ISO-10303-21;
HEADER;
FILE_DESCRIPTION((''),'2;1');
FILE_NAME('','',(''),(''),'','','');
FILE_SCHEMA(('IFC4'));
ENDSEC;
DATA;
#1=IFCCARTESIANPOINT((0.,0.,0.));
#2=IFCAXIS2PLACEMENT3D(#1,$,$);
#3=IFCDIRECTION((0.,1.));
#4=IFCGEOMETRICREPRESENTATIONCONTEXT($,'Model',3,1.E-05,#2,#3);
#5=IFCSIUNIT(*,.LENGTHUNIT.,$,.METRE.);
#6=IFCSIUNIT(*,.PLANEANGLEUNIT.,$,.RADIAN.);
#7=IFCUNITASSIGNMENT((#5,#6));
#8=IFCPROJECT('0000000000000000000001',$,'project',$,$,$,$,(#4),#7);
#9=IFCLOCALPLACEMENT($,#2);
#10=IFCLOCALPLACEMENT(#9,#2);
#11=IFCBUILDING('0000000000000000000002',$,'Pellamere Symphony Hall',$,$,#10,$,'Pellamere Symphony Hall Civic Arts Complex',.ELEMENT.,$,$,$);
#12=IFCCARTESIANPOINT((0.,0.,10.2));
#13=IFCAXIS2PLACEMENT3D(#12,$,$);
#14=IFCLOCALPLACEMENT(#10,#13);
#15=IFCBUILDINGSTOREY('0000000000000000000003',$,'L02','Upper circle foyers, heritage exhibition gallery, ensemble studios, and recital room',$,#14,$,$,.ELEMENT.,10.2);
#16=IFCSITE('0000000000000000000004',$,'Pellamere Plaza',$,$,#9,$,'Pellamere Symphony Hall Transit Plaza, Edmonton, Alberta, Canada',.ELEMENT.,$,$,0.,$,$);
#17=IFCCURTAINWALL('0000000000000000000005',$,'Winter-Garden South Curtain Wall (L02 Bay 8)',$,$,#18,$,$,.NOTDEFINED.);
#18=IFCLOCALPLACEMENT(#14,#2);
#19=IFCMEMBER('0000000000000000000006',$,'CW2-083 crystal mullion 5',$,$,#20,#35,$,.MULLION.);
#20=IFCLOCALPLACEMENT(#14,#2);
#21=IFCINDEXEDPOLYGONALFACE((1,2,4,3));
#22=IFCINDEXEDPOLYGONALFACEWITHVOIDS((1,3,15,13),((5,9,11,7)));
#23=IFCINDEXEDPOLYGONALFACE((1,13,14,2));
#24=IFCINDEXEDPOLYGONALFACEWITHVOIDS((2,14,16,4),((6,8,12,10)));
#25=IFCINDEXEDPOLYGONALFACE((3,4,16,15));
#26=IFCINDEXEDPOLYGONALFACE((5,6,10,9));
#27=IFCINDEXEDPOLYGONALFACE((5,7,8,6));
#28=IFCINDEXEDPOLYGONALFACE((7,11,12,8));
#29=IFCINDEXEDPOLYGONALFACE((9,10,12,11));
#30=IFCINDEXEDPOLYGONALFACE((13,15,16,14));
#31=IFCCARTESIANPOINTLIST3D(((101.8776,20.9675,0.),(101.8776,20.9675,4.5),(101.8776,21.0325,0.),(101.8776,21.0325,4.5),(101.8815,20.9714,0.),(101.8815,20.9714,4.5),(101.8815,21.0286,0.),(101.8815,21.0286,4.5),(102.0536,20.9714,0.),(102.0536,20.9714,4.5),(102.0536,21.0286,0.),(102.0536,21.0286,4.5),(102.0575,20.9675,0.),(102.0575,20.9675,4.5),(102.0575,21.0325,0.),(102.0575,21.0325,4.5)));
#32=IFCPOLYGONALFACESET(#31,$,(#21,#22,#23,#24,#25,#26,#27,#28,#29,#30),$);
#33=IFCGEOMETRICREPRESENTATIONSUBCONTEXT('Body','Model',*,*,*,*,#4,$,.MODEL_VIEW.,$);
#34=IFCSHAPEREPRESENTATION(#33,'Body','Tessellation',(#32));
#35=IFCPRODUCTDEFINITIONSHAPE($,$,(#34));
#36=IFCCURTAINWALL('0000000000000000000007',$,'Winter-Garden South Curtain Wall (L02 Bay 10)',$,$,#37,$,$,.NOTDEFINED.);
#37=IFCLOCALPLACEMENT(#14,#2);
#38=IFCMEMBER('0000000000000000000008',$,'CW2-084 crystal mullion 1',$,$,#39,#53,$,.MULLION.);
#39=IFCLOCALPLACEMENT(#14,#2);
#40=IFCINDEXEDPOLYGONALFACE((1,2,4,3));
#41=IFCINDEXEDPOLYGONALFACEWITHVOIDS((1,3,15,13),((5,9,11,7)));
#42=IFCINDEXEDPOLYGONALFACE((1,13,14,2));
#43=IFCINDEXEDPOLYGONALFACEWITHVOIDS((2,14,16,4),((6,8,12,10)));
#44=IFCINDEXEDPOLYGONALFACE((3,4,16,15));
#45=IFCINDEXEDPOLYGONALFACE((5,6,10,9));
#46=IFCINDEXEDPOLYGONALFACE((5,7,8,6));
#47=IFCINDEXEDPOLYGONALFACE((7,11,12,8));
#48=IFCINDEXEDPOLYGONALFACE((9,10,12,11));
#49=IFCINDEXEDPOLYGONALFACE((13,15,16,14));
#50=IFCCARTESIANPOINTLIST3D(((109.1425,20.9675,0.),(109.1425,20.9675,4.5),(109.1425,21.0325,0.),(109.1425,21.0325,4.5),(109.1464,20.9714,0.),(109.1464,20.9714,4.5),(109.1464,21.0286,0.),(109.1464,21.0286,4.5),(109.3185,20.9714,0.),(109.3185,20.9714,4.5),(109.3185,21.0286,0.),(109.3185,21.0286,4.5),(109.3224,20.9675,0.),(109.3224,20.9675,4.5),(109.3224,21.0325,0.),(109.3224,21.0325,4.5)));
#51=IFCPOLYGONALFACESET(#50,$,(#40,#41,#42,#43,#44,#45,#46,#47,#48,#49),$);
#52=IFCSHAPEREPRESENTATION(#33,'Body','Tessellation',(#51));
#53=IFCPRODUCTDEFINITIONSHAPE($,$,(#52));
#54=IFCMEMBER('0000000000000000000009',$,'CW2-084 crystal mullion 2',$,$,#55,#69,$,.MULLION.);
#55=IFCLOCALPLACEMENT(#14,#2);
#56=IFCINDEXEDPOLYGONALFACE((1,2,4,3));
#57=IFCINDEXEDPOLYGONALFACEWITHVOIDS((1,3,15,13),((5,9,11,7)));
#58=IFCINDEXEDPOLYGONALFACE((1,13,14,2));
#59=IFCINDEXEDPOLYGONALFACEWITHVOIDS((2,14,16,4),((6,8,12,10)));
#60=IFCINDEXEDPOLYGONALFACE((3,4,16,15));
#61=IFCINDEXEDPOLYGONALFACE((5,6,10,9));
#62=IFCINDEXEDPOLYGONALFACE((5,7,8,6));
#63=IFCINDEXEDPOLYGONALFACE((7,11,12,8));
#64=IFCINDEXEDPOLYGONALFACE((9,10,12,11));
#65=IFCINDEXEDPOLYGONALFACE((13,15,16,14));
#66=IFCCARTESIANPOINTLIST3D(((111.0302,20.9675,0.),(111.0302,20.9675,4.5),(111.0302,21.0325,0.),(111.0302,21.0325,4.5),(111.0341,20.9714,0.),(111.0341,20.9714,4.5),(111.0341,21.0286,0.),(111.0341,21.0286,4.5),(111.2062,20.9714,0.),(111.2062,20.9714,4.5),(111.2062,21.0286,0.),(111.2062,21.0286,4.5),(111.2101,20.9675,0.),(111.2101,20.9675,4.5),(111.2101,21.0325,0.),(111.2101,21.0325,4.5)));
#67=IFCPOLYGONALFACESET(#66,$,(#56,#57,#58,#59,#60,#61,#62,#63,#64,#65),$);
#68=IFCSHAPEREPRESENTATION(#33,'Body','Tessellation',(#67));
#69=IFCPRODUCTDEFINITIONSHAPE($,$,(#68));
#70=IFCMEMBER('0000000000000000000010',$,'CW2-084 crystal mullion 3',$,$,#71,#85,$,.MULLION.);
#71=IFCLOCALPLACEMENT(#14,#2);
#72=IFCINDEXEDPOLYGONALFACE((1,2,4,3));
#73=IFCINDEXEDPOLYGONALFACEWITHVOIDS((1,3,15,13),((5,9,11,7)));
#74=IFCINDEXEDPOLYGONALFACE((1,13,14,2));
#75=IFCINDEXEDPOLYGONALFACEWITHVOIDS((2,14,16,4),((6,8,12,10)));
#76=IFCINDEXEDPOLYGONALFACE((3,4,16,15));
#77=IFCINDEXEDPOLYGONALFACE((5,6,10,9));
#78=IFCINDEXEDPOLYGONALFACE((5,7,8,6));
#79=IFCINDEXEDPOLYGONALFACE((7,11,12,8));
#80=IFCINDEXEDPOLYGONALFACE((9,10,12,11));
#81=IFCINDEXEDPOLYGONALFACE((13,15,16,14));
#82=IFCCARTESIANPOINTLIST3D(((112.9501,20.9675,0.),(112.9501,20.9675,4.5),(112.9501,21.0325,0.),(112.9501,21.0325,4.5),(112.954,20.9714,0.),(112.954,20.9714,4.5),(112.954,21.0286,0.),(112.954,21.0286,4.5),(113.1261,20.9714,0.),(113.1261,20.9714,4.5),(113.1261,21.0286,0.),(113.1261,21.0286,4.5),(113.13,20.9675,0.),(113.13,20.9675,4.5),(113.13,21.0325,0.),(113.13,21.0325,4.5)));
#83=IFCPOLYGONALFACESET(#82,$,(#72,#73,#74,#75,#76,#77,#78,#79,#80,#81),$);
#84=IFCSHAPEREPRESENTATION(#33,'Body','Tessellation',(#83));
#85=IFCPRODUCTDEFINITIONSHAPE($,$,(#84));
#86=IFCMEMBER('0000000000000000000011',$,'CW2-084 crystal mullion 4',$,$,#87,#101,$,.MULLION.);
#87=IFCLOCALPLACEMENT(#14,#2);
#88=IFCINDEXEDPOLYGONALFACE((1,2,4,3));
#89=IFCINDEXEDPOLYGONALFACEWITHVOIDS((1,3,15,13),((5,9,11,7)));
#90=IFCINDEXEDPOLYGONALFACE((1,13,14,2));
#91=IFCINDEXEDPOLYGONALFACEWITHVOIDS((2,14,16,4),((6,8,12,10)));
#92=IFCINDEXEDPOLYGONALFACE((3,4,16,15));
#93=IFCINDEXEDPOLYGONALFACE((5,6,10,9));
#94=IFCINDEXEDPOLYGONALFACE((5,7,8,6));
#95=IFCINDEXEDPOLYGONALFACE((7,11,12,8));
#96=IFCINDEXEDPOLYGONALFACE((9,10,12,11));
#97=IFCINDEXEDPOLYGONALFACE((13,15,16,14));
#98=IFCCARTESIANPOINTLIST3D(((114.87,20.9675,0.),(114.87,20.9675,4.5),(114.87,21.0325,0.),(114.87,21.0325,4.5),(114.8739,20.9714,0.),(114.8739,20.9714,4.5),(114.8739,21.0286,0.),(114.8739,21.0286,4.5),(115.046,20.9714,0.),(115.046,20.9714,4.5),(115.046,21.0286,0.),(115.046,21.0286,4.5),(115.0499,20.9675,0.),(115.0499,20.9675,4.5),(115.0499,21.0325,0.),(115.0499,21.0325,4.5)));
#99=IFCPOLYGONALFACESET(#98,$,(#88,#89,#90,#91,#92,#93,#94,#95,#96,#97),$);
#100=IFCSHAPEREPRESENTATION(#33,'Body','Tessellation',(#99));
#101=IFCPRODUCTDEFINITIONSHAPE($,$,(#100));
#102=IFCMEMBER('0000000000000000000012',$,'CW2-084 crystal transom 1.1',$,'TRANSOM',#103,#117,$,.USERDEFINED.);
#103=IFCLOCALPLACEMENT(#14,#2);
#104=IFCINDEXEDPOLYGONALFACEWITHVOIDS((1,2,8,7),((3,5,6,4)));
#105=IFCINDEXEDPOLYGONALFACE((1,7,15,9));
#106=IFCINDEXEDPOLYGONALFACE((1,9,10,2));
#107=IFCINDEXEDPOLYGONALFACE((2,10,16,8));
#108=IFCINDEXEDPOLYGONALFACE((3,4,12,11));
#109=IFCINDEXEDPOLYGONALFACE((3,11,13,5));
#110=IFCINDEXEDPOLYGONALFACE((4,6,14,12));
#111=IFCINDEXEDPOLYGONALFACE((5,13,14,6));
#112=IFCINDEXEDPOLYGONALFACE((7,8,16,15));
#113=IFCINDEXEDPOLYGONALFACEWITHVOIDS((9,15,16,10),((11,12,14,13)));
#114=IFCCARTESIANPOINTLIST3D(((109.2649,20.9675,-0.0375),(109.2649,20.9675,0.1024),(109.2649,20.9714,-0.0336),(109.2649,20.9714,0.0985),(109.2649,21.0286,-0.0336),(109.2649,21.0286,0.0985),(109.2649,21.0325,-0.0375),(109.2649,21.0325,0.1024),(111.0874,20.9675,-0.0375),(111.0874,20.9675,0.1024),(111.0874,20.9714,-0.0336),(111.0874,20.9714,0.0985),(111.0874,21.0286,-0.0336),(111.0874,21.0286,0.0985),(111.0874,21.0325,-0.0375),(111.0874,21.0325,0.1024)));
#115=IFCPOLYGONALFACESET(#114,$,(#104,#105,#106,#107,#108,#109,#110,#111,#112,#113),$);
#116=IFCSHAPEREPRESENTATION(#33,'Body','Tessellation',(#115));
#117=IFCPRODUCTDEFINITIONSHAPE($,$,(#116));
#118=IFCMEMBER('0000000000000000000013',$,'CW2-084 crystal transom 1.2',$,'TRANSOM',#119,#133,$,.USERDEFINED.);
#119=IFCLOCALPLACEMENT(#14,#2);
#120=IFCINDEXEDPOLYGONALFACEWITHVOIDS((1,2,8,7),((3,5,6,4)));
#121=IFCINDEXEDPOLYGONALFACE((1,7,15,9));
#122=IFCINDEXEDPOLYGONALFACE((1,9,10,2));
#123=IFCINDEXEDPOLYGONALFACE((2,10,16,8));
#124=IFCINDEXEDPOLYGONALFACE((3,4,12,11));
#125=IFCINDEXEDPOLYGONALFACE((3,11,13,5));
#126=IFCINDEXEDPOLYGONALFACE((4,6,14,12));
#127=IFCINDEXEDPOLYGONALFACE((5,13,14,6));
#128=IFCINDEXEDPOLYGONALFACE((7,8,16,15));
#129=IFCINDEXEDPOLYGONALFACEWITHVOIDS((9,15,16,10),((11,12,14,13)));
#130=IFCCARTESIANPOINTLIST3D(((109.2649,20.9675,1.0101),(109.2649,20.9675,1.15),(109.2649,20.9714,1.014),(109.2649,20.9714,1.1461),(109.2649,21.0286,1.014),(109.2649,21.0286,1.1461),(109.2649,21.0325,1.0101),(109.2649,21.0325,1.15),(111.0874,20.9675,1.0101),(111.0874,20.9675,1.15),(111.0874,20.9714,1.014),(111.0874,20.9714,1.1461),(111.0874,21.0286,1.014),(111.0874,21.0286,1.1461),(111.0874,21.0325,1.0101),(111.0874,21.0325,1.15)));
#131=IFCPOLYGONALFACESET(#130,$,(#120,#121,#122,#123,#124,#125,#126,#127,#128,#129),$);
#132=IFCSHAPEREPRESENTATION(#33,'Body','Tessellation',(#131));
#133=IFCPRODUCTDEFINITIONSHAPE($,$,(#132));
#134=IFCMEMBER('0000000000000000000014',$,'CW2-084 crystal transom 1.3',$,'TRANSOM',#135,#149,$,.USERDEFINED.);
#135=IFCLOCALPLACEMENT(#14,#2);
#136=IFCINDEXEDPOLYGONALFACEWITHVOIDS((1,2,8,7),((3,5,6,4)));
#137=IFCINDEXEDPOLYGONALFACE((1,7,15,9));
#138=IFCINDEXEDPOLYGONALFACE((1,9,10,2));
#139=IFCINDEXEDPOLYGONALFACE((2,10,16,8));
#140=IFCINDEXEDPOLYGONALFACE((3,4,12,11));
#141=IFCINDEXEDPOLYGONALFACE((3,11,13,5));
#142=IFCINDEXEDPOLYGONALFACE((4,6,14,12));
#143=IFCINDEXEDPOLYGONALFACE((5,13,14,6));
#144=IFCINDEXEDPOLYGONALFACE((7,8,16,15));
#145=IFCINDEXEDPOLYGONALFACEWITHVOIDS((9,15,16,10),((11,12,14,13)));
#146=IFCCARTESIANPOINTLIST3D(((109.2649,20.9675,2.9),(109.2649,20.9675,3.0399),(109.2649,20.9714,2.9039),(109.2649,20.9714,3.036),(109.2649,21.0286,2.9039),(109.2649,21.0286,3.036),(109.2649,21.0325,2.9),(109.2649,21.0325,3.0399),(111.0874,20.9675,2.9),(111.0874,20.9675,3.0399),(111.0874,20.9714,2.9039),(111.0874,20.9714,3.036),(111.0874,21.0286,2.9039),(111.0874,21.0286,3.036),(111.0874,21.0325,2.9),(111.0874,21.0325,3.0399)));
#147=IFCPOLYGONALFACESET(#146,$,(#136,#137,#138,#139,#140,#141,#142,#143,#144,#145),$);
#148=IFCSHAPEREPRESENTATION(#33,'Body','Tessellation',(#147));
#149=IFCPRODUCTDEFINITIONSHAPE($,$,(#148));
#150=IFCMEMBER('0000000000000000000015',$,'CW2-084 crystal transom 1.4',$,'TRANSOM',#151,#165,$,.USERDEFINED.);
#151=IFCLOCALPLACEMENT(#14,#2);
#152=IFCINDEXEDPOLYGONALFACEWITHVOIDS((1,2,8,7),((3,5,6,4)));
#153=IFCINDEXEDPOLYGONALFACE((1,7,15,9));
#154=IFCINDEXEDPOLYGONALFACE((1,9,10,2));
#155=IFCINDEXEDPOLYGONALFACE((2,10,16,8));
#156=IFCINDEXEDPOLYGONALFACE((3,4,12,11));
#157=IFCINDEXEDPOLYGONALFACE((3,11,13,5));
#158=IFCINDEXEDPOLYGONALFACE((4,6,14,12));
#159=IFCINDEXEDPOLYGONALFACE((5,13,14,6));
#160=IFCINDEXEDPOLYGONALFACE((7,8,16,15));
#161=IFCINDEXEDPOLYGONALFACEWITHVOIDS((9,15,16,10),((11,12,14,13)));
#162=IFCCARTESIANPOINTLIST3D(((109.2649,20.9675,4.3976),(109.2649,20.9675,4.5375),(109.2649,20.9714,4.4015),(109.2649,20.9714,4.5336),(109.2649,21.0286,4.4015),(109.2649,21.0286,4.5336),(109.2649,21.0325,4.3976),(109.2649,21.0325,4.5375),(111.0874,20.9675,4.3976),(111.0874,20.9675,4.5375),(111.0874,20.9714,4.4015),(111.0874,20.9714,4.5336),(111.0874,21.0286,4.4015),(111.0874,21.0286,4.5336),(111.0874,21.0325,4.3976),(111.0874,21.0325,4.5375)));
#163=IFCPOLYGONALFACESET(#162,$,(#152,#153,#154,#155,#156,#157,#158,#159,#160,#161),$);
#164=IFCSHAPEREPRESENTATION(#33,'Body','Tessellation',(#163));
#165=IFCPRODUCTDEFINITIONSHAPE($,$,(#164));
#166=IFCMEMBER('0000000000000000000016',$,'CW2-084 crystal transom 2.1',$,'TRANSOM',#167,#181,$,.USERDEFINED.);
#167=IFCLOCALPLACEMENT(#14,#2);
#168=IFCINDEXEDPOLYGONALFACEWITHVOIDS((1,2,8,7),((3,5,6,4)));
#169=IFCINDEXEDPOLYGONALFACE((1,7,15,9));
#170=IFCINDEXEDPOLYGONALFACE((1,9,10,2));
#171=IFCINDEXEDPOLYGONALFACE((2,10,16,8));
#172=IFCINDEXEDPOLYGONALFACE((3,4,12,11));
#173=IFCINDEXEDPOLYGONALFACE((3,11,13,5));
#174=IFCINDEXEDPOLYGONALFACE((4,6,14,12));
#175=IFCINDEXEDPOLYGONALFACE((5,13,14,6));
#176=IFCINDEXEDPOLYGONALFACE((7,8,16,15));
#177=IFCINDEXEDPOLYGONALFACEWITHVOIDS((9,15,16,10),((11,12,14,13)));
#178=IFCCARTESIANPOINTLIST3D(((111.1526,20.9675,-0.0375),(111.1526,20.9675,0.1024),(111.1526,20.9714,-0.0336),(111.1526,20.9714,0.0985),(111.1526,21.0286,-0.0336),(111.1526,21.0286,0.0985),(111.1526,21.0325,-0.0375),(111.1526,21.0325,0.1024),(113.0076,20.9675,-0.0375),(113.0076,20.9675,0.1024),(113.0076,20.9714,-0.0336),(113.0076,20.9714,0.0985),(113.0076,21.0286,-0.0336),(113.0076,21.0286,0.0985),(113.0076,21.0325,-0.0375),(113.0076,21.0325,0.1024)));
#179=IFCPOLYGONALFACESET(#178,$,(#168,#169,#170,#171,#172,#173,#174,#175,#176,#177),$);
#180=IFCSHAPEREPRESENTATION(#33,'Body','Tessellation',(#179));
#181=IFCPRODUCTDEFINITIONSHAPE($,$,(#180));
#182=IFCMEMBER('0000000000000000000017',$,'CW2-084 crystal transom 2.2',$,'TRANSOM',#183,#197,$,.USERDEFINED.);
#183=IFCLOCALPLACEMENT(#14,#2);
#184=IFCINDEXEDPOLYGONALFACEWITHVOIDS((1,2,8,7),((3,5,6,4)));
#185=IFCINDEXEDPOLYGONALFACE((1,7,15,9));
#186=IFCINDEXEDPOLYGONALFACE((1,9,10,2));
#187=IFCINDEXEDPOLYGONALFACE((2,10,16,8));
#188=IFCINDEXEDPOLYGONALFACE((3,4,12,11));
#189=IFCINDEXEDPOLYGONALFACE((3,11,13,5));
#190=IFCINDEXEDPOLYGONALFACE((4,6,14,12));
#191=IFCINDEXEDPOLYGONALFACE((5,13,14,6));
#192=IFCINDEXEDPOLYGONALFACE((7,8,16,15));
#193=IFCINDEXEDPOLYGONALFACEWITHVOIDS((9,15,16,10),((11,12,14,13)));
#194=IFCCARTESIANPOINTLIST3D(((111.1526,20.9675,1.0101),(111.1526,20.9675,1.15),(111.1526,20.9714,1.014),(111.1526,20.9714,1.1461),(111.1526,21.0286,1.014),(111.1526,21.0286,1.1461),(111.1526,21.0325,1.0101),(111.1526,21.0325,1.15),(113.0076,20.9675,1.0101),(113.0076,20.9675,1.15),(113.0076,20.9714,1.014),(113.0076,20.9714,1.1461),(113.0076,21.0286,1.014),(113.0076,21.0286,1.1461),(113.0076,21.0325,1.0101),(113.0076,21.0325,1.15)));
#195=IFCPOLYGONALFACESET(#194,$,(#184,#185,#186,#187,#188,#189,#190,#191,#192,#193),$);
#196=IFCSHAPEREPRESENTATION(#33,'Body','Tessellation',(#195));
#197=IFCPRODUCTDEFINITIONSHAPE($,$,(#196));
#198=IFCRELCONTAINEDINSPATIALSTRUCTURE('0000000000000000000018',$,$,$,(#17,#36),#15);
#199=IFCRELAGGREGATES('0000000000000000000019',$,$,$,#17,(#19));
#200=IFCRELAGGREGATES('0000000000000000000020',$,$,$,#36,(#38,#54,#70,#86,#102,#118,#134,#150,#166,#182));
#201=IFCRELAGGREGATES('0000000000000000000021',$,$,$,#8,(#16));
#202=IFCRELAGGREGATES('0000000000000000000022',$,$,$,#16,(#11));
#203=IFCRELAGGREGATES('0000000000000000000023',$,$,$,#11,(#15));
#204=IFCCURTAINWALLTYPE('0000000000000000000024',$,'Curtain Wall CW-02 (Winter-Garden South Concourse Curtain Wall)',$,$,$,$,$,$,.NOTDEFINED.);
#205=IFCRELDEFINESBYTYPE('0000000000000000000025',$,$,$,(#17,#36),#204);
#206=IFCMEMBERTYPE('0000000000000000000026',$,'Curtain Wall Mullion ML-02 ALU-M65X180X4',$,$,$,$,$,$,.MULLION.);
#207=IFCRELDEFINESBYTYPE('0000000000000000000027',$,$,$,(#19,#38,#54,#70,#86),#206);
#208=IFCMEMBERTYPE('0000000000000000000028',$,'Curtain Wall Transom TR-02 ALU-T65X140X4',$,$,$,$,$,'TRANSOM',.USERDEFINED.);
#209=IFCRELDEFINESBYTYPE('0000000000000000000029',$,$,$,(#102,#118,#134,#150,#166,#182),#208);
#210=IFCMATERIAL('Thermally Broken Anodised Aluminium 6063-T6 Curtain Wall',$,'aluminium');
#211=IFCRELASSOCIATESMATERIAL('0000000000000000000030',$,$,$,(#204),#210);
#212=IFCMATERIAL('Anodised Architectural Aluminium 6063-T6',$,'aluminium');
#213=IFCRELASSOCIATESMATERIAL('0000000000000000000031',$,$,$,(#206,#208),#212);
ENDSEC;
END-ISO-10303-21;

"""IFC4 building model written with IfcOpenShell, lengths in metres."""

from ifc_helpers import new_model, si_unit, direction, frame, origin, origin_2d, place, context, subcontext, project, spatial, hollow_rectangle, extrude, material, material_profile, profile_set, type_object, element, aggregate, save


model = new_model("IFC4")

# Units and contexts
model_context = context("Model", 3, precision=1e-05, world=origin(), true_north=direction((0.0, 1.0)))
body_context = subcontext(model_context, "Body", "Model", "MODEL_VIEW")
ifc_project = project(units=[si_unit("LENGTHUNIT", "METRE"), si_unit("PLANEANGLEUNIT", "RADIAN")], contexts=[model_context])

# Site, building, storey
site_placement = place(None, origin())
site = spatial("IfcSite", under=ifc_project, at=site_placement, Name="Pellamere Plaza", LongName="Pellamere Symphony Hall Transit Plaza, Edmonton, Alberta, Canada", CompositionType="ELEMENT", RefElevation=0.0)
building_placement = place(site_placement, origin())
building = spatial("IfcBuilding", under=site, at=building_placement, Name="Pellamere Symphony Hall", LongName="Pellamere Symphony Hall Civic Arts Complex", CompositionType="ELEMENT")
storey_placement = place(building_placement, frame((0.0, 0.0, 10.2)))
storey = spatial("IfcBuildingStorey", under=building, at=storey_placement, Name="L02", Description="Upper circle foyers, heritage exhibition gallery, ensemble studios, and recital room", CompositionType="ELEMENT", Elevation=10.2)

# Curtain wall, member
ifc_material_1 = material(Name="Thermally Broken Anodised Aluminium 6063-T6 Curtain Wall", Category="aluminium")
curtain_wall_type = type_object("IfcCurtainWallType", Name="Curtain Wall CW-02 (Winter-Garden South Concourse Curtain Wall)", PredefinedType="NOTDEFINED", material=ifc_material_1)
curtain_wall_1_placement = place(storey_placement, origin())
curtain_wall_1 = element("IfcCurtainWall", 1, at=curtain_wall_1_placement, inside=storey, type_object=curtain_wall_type, Name="Winter-Garden South Curtain Wall (L02 Bay 8)", PredefinedType="NOTDEFINED")
ifc_material_2 = material(Name="Anodised Architectural Aluminium 6063-T6", Category="aluminium")
ifc_material_profile_1 = material_profile(ifc_material_2, hollow_rectangle(XDim=0.0649, YDim=0.1799, WallThickness=0.0039, at=origin_2d()), Name="ALU-M65X180X4")
ifc_profile_set_1 = profile_set([ifc_material_profile_1], Name="Anodised Architectural Aluminium 6063-T6")
member_type_1 = type_object("IfcMemberType", Name="Curtain Wall Mullion ML-02 ALU-M65X180X4", PredefinedType="MULLION", material=ifc_profile_set_1)
member_1_placement = place(storey_placement, frame((101.9675, 21.0, 0.0), z_axis=(0.0, 0.0, 1.0), x_axis=(0.0, 1.0, 0.0)))
member_1 = element("IfcMember", 2, at=member_1_placement, type_object=member_type_1, Name="CW2-083 crystal mullion 5", PredefinedType="MULLION", context=body_context, shape_type="SweptSolid", body=[
    extrude(hollow_rectangle(XDim=0.0649, YDim=0.1799, WallThickness=0.0039, at=origin_2d()), origin(), (0.0, 0.0, 1.0), 4.5),
])

# Curtain wall, members
curtain_wall_2_placement = place(storey_placement, origin())
curtain_wall_2 = element("IfcCurtainWall", 3, at=curtain_wall_2_placement, inside=storey, type_object=curtain_wall_type, Name="Winter-Garden South Curtain Wall (L02 Bay 10)", PredefinedType="NOTDEFINED")
member_2_placement = place(storey_placement, frame((109.2324, 21.0, 0.0), z_axis=(0.0, 0.0, 1.0), x_axis=(0.0, 1.0, 0.0)))
member_2 = element("IfcMember", 4, at=member_2_placement, type_object=member_type_1, Name="CW2-084 crystal mullion 1", PredefinedType="MULLION", context=body_context, shape_type="SweptSolid", body=[
    extrude(hollow_rectangle(XDim=0.0649, YDim=0.1799, WallThickness=0.0039, at=origin_2d()), origin(), (0.0, 0.0, 1.0), 4.5),
])
member_3_placement = place(storey_placement, frame((111.1201, 21.0, 0.0), z_axis=(0.0, 0.0, 1.0), x_axis=(0.0, 1.0, 0.0)))
member_3 = element("IfcMember", 5, at=member_3_placement, type_object=member_type_1, Name="CW2-084 crystal mullion 2", PredefinedType="MULLION", context=body_context, shape_type="SweptSolid", body=[
    extrude(hollow_rectangle(XDim=0.0649, YDim=0.1799, WallThickness=0.0039, at=origin_2d()), origin(), (0.0, 0.0, 1.0), 4.5),
])
member_4_placement = place(storey_placement, frame((113.04, 21.0, 0.0), z_axis=(0.0, 0.0, 1.0), x_axis=(0.0, 1.0, 0.0)))
member_4 = element("IfcMember", 6, at=member_4_placement, type_object=member_type_1, Name="CW2-084 crystal mullion 3", PredefinedType="MULLION", context=body_context, shape_type="SweptSolid", body=[
    extrude(hollow_rectangle(XDim=0.0649, YDim=0.1799, WallThickness=0.0039, at=origin_2d()), origin(), (0.0, 0.0, 1.0), 4.5),
])
member_5_placement = place(storey_placement, frame((114.96, 21.0, 0.0), z_axis=(0.0, 0.0, 1.0), x_axis=(0.0, 1.0, 0.0)))
member_5 = element("IfcMember", 7, at=member_5_placement, type_object=member_type_1, Name="CW2-084 crystal mullion 4", PredefinedType="MULLION", context=body_context, shape_type="SweptSolid", body=[
    extrude(hollow_rectangle(XDim=0.0649, YDim=0.1799, WallThickness=0.0039, at=origin_2d()), origin(), (0.0, 0.0, 1.0), 4.5),
])
ifc_material_profile_2 = material_profile(ifc_material_2, hollow_rectangle(XDim=0.0649, YDim=0.1399, WallThickness=0.0039, at=origin_2d()), Name="ALU-T65X140X4")
ifc_profile_set_2 = profile_set([ifc_material_profile_2], Name="Anodised Architectural Aluminium 6063-T6")
member_type_2 = type_object("IfcMemberType", Name="Curtain Wall Transom TR-02 ALU-T65X140X4", ElementType="TRANSOM", PredefinedType="USERDEFINED", material=ifc_profile_set_2)
member_6_placement = place(storey_placement, frame((109.2649, 21.0, 0.0325), z_axis=(1.0, 0.0, 0.0), x_axis=(0.0, 1.0, 0.0)))
member_6 = element("IfcMember", 8, at=member_6_placement, type_object=member_type_2, Name="CW2-084 crystal transom 1.1", ObjectType="TRANSOM", PredefinedType="USERDEFINED", context=body_context, shape_type="SweptSolid", body=[
    extrude(hollow_rectangle(XDim=0.0649, YDim=0.1399, WallThickness=0.0039, at=origin_2d()), origin(), (0.0, 0.0, 1.0), 1.8225),
])
member_7_placement = place(storey_placement, frame((109.2649, 21.0, 1.0801), z_axis=(1.0, 0.0, 0.0), x_axis=(0.0, 1.0, 0.0)))
member_7 = element("IfcMember", 9, at=member_7_placement, type_object=member_type_2, Name="CW2-084 crystal transom 1.2", ObjectType="TRANSOM", PredefinedType="USERDEFINED", context=body_context, shape_type="SweptSolid", body=[
    extrude(hollow_rectangle(XDim=0.0649, YDim=0.1399, WallThickness=0.0039, at=origin_2d()), origin(), (0.0, 0.0, 1.0), 1.8225),
])
member_8_placement = place(storey_placement, frame((109.2649, 21.0, 2.97), z_axis=(1.0, 0.0, 0.0), x_axis=(0.0, 1.0, 0.0)))
member_8 = element("IfcMember", 10, at=member_8_placement, type_object=member_type_2, Name="CW2-084 crystal transom 1.3", ObjectType="TRANSOM", PredefinedType="USERDEFINED", context=body_context, shape_type="SweptSolid", body=[
    extrude(hollow_rectangle(XDim=0.0649, YDim=0.1399, WallThickness=0.0039, at=origin_2d()), origin(), (0.0, 0.0, 1.0), 1.8225),
])
member_9_placement = place(storey_placement, frame((109.2649, 21.0, 4.4675), z_axis=(1.0, 0.0, 0.0), x_axis=(0.0, 1.0, 0.0)))
member_9 = element("IfcMember", 11, at=member_9_placement, type_object=member_type_2, Name="CW2-084 crystal transom 1.4", ObjectType="TRANSOM", PredefinedType="USERDEFINED", context=body_context, shape_type="SweptSolid", body=[
    extrude(hollow_rectangle(XDim=0.0649, YDim=0.1399, WallThickness=0.0039, at=origin_2d()), origin(), (0.0, 0.0, 1.0), 1.8225),
])
member_10_placement = place(storey_placement, frame((111.1526, 21.0, 0.0325), z_axis=(1.0, 0.0, 0.0), x_axis=(0.0, 1.0, 0.0)))
member_10 = element("IfcMember", 12, at=member_10_placement, type_object=member_type_2, Name="CW2-084 crystal transom 2.1", ObjectType="TRANSOM", PredefinedType="USERDEFINED", context=body_context, shape_type="SweptSolid", body=[
    extrude(hollow_rectangle(XDim=0.0649, YDim=0.1399, WallThickness=0.0039, at=origin_2d()), origin(), (0.0, 0.0, 1.0), 1.855),
])
member_11_placement = place(storey_placement, frame((111.1526, 21.0, 1.0801), z_axis=(1.0, 0.0, 0.0), x_axis=(0.0, 1.0, 0.0)))
member_11 = element("IfcMember", 13, at=member_11_placement, type_object=member_type_2, Name="CW2-084 crystal transom 2.2", ObjectType="TRANSOM", PredefinedType="USERDEFINED", context=body_context, shape_type="SweptSolid", body=[
    extrude(hollow_rectangle(XDim=0.0649, YDim=0.1399, WallThickness=0.0039, at=origin_2d()), origin(), (0.0, 0.0, 1.0), 1.855),
])

aggregate(curtain_wall_1, [member_1])
aggregate(curtain_wall_2, [member_2, member_3, member_4, member_5, member_6, member_7, member_8, member_9, member_10, member_11])

save(model, "model.ifc")
